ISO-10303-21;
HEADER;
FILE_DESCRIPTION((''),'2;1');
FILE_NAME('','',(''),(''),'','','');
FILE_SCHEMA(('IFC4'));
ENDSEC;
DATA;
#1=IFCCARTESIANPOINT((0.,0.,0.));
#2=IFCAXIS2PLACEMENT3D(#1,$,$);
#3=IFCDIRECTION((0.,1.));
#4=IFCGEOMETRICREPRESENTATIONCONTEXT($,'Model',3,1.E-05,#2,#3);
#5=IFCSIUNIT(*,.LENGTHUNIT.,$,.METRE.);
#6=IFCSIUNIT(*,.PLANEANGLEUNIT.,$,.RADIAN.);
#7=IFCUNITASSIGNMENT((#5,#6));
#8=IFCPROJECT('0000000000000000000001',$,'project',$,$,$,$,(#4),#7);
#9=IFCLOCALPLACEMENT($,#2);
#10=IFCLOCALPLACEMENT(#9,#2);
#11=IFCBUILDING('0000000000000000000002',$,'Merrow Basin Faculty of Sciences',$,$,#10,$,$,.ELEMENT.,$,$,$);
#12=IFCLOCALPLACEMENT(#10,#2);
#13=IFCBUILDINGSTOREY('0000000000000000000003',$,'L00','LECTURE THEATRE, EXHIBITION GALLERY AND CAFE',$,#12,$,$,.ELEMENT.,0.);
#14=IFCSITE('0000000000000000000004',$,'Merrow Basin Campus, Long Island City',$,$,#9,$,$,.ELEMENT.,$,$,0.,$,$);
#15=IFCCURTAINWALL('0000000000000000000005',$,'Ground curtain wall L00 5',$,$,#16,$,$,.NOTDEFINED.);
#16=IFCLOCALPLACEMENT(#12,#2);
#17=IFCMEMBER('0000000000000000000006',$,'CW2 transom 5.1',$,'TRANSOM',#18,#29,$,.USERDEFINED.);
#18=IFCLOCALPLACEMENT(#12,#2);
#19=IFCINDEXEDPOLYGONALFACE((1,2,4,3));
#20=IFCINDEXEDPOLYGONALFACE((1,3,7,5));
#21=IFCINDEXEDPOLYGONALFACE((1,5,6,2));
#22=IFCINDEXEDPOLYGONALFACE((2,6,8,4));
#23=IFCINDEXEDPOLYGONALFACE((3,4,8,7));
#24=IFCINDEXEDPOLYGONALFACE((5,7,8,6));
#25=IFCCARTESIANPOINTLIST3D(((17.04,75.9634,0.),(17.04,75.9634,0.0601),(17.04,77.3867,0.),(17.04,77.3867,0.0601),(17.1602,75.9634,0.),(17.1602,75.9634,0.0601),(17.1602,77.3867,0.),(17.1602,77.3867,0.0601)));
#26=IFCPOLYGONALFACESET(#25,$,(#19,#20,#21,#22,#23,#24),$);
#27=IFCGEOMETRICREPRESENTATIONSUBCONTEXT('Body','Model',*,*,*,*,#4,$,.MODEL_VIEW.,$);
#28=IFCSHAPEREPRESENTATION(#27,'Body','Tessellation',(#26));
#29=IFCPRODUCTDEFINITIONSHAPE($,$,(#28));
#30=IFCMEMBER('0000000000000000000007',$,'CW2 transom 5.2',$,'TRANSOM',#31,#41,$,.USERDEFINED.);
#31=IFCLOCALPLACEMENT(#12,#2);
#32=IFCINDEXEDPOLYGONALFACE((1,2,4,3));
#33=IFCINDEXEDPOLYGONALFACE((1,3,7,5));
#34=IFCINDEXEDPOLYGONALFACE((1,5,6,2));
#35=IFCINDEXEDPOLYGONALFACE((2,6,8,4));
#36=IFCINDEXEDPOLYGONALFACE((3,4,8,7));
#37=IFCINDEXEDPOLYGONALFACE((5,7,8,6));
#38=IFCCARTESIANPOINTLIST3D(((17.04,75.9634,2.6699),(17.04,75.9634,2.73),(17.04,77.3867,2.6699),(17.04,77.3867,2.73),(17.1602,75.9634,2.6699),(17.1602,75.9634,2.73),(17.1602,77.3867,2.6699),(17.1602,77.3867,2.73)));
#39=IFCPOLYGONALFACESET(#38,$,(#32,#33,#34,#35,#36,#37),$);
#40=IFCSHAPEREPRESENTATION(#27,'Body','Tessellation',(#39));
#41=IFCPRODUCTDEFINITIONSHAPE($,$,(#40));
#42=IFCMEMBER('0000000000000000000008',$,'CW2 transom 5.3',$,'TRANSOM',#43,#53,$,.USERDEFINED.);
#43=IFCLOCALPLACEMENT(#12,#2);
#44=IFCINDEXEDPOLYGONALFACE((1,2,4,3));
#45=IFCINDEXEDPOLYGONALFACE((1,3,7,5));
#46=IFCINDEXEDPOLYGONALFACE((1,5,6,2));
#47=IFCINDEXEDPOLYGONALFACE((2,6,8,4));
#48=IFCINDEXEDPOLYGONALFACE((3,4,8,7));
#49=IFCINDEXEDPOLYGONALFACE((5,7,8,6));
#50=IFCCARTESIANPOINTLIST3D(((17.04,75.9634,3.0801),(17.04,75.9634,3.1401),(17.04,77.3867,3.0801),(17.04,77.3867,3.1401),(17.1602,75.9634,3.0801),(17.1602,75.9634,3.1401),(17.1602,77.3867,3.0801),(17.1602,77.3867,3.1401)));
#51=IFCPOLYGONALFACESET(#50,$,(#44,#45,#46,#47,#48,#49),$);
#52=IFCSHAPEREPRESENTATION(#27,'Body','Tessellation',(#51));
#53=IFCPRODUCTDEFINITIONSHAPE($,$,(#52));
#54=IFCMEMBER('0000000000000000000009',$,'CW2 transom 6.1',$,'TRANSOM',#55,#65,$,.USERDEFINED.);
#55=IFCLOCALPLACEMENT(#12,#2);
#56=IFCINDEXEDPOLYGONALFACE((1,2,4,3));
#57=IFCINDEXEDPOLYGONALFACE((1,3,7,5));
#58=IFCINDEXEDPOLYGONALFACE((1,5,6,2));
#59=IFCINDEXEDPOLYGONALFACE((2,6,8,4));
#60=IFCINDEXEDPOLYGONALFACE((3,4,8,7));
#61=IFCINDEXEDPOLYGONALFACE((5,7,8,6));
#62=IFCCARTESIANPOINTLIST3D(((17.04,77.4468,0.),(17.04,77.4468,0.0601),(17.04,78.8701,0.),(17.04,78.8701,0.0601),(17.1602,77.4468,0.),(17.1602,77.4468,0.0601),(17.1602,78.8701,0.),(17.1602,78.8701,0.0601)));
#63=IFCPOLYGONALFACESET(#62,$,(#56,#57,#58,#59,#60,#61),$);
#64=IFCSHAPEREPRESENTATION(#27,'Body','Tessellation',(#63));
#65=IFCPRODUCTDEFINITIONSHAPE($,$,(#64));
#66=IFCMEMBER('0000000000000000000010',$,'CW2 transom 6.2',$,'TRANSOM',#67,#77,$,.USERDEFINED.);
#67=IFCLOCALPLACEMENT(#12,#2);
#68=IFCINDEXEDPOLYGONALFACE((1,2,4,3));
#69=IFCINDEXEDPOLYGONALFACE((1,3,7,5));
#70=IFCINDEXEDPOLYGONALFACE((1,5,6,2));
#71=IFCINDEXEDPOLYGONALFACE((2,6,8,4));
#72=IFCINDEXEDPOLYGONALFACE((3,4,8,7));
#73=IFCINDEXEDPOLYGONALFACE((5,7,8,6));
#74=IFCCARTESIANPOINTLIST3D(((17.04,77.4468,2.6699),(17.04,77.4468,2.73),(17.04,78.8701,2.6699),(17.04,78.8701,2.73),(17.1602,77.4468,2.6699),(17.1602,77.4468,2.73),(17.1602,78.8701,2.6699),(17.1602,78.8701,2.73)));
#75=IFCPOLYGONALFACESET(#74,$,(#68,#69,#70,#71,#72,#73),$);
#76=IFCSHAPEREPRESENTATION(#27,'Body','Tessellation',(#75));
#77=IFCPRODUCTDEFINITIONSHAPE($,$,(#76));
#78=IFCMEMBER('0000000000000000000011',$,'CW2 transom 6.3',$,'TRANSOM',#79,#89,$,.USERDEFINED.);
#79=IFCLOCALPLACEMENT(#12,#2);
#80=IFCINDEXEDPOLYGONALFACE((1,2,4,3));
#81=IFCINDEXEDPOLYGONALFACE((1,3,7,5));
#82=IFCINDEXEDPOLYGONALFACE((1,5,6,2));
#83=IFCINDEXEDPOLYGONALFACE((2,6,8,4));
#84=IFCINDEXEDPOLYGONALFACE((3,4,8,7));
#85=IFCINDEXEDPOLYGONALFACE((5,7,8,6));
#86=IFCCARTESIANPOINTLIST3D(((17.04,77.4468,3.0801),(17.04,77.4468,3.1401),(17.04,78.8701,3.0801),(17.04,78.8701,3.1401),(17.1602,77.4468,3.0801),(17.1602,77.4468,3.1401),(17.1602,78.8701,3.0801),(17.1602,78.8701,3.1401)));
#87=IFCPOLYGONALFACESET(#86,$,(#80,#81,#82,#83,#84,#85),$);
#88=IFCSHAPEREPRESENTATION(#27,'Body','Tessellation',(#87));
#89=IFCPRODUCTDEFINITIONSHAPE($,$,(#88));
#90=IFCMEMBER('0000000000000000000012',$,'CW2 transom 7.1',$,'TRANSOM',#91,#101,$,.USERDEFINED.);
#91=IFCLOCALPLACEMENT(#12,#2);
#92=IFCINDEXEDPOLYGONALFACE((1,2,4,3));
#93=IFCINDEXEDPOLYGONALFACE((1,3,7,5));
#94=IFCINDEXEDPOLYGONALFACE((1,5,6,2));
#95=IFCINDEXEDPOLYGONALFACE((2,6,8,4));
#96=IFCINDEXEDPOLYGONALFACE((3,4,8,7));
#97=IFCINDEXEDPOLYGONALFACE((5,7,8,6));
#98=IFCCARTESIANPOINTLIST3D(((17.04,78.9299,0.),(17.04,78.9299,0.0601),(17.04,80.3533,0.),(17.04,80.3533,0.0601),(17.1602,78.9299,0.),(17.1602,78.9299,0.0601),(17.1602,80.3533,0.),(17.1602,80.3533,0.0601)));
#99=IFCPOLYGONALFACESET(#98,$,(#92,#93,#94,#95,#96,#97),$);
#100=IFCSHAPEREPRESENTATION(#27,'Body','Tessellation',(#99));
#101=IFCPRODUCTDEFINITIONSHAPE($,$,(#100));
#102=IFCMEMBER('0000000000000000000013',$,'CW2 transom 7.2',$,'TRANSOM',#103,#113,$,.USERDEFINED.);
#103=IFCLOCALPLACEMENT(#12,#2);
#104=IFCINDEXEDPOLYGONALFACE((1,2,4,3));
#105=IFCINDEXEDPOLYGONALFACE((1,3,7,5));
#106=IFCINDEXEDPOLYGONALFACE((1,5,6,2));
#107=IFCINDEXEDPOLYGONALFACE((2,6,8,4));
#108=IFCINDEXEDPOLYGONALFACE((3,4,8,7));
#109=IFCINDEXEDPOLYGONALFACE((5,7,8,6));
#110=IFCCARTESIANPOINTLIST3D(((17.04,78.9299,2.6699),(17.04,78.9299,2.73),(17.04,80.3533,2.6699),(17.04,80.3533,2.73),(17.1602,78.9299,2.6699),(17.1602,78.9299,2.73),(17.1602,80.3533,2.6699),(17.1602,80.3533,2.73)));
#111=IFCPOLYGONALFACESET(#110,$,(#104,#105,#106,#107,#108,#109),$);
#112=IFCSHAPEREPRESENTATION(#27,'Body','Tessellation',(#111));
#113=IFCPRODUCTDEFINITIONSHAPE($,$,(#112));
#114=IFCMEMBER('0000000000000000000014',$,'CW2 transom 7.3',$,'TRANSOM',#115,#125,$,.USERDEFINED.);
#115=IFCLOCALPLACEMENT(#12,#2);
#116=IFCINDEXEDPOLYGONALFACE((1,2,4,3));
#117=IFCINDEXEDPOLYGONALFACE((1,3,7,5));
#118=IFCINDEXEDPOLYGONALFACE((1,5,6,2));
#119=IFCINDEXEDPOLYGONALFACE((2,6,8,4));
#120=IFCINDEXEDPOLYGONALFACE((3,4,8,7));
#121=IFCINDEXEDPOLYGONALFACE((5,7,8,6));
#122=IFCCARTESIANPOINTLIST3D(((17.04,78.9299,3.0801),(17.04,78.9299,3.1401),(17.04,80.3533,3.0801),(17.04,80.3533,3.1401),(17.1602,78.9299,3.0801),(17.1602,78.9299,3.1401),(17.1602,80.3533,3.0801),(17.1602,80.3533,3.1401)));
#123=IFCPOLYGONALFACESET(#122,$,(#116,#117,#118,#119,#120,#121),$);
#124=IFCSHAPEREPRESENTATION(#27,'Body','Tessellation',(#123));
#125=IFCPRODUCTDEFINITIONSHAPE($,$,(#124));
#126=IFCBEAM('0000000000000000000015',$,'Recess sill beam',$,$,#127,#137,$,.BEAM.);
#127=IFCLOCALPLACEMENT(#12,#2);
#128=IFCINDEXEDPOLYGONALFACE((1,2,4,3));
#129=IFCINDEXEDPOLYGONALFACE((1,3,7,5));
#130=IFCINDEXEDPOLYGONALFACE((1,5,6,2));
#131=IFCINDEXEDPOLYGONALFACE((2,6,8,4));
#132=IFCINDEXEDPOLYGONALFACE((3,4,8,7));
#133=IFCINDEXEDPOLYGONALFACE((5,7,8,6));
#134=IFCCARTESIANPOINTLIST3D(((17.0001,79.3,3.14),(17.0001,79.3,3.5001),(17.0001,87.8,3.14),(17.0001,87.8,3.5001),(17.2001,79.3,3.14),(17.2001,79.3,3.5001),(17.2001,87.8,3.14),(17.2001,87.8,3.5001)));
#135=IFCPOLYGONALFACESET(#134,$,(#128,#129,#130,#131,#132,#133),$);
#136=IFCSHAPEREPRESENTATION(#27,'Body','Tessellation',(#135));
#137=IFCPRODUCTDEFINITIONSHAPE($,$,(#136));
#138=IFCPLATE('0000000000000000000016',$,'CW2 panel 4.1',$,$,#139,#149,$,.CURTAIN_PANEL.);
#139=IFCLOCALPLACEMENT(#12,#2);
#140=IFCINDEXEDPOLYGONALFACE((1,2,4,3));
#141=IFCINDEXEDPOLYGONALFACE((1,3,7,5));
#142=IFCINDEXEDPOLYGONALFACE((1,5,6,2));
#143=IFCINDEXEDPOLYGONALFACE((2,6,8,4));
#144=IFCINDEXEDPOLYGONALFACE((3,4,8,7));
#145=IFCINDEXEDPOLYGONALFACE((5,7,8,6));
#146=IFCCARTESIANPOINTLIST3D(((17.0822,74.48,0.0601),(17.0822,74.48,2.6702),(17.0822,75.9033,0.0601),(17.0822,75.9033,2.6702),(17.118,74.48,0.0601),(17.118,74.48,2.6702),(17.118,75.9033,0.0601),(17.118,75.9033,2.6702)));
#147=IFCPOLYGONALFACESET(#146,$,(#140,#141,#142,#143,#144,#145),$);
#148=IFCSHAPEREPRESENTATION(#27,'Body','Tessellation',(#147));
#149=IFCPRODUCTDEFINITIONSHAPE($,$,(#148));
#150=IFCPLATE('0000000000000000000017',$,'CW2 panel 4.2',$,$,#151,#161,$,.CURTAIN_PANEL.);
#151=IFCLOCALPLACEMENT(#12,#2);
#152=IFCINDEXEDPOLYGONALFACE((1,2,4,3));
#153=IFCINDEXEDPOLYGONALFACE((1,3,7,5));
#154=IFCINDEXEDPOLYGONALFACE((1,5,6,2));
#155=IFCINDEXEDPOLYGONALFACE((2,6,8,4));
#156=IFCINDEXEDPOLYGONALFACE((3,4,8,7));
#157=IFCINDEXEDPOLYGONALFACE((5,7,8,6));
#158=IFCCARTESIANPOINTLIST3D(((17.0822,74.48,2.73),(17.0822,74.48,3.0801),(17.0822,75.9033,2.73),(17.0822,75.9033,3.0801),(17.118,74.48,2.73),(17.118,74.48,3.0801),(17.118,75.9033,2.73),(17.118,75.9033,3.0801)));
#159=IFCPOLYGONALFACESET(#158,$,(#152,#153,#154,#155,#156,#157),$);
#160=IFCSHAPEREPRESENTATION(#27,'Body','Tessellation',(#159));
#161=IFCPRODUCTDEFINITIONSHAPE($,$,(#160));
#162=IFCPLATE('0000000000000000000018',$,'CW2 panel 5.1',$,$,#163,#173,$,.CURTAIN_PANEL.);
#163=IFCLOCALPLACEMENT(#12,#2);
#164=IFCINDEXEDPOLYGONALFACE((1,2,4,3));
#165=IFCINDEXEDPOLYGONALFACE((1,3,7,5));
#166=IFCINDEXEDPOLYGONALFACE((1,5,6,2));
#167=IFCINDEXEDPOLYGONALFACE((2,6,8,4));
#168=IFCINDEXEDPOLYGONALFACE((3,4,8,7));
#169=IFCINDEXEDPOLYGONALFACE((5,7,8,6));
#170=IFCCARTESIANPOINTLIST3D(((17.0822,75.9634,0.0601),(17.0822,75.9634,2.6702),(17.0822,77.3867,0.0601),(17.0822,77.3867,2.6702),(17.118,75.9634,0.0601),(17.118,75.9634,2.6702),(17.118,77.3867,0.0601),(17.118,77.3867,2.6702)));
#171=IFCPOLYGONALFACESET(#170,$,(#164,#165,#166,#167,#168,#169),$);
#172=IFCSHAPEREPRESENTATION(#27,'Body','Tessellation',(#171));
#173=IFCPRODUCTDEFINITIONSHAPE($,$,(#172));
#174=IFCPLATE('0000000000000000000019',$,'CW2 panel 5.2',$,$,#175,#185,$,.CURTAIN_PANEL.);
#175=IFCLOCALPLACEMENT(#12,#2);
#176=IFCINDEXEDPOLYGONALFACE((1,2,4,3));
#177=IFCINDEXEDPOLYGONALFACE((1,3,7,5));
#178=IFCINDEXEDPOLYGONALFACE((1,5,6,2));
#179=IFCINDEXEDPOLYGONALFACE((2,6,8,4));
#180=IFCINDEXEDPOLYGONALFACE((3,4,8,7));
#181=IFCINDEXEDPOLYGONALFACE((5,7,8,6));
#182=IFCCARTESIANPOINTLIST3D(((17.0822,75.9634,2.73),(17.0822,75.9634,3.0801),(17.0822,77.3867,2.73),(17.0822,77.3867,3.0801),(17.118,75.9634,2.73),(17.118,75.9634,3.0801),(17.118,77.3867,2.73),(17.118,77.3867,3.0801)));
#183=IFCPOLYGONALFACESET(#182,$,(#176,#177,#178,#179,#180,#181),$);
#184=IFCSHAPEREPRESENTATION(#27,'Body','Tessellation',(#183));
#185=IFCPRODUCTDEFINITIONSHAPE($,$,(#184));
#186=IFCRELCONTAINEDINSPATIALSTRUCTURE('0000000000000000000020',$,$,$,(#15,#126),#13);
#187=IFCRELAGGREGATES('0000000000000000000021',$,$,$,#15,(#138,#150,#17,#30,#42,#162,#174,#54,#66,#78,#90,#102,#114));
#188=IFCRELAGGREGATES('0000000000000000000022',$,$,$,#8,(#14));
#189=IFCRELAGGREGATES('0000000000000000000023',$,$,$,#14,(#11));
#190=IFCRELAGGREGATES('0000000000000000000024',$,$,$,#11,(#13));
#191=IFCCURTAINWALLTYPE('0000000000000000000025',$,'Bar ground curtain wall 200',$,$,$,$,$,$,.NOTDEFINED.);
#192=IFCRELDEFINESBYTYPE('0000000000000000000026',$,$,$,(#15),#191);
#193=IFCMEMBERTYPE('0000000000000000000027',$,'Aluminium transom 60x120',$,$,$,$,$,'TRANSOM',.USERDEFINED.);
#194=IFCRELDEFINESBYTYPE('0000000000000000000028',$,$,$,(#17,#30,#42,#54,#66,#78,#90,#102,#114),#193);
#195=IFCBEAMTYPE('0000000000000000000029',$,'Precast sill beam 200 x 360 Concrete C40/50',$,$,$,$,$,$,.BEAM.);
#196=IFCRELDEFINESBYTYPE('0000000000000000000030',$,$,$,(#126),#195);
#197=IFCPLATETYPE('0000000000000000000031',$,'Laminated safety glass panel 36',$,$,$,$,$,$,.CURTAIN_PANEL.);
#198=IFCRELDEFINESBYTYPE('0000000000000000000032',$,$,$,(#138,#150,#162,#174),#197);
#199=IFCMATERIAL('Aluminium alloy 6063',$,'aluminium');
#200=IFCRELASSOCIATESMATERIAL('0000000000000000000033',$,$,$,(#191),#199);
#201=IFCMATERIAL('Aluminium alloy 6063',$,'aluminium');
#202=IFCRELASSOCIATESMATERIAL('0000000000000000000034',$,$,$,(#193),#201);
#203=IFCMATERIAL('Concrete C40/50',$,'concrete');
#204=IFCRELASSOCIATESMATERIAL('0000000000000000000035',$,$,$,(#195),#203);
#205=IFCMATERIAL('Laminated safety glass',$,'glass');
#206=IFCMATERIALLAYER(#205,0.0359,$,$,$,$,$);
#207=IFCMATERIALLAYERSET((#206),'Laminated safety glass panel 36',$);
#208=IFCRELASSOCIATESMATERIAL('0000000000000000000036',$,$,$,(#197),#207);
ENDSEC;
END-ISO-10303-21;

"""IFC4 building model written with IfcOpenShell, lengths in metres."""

from ifc_helpers import new_model, si_unit, direction, frame, origin, origin_2d, place, context, subcontext, project, spatial, rectangle, extrude, material, layer, layer_set, material_profile, profile_set, type_object, element, aggregate, save


model = new_model("IFC4")

# Units and contexts
model_context = context("Model", 3, precision=1e-05, world=origin(), true_north=direction((0.0, 1.0)))
body_context = subcontext(model_context, "Body", "Model", "MODEL_VIEW")
ifc_project = project(units=[si_unit("LENGTHUNIT", "METRE"), si_unit("PLANEANGLEUNIT", "RADIAN")], contexts=[model_context])

# Site, building, storey
site_placement = place(None, origin())
site = spatial("IfcSite", under=ifc_project, at=site_placement, Name="Merrow Basin Campus, Long Island City", CompositionType="ELEMENT", RefElevation=0.0)
building_placement = place(site_placement, origin())
building = spatial("IfcBuilding", under=site, at=building_placement, Name="Merrow Basin Faculty of Sciences", CompositionType="ELEMENT")
storey_placement = place(building_placement, origin())
storey = spatial("IfcBuildingStorey", under=building, at=storey_placement, Name="L00", Description="LECTURE THEATRE, EXHIBITION GALLERY AND CAFE", CompositionType="ELEMENT", Elevation=0.0)

# Curtain wall, members
ifc_material_1 = material(Name="Aluminium alloy 6063", Category="aluminium")
curtain_wall_type = type_object("IfcCurtainWallType", Name="Bar ground curtain wall 200", PredefinedType="NOTDEFINED", material=ifc_material_1)
curtain_wall_placement = place(storey_placement, origin())
curtain_wall = element("IfcCurtainWall", 1, at=curtain_wall_placement, inside=storey, type_object=curtain_wall_type, Name="Ground curtain wall L00 5", PredefinedType="NOTDEFINED")
ifc_material_2 = material(Name="Aluminium alloy 6063", Category="aluminium")
ifc_material_profile_1 = material_profile(ifc_material_2, rectangle(XDim=0.1201, YDim=0.0601, at=origin_2d()))
ifc_profile_set_1 = profile_set([ifc_material_profile_1], Name="Aluminium alloy 6063")
member_type_1 = type_object("IfcMemberType", Name="Aluminium transom 60x120", ElementType="TRANSOM", PredefinedType="USERDEFINED", material=ifc_profile_set_1)
member_1_placement = place(storey_placement, frame((17.1001, 75.9634, 0.03), z_axis=(0.0, 1.0, 0.0), x_axis=(-1.0, 0.0, 0.0)))
member_1 = element("IfcMember", 2, at=member_1_placement, type_object=member_type_1, Name="CW2 transom 5.1", ObjectType="TRANSOM", PredefinedType="USERDEFINED", context=body_context, shape_type="SweptSolid", body=[
    extrude(rectangle(XDim=0.1201, YDim=0.0601, at=origin_2d()), origin(), (0.0, 0.0, 1.0), 1.4233),
])
member_2_placement = place(storey_placement, frame((17.1001, 75.9634, 2.7), z_axis=(0.0, 1.0, 0.0), x_axis=(-1.0, 0.0, 0.0)))
member_2 = element("IfcMember", 3, at=member_2_placement, type_object=member_type_1, Name="CW2 transom 5.2", ObjectType="TRANSOM", PredefinedType="USERDEFINED", context=body_context, shape_type="SweptSolid", body=[
    extrude(rectangle(XDim=0.1201, YDim=0.0601, at=origin_2d()), origin(), (0.0, 0.0, 1.0), 1.4233),
])
member_3_placement = place(storey_placement, frame((17.1001, 75.9634, 3.1101), z_axis=(0.0, 1.0, 0.0), x_axis=(-1.0, 0.0, 0.0)))
member_3 = element("IfcMember", 4, at=member_3_placement, type_object=member_type_1, Name="CW2 transom 5.3", ObjectType="TRANSOM", PredefinedType="USERDEFINED", context=body_context, shape_type="SweptSolid", body=[
    extrude(rectangle(XDim=0.1201, YDim=0.0601, at=origin_2d()), origin(), (0.0, 0.0, 1.0), 1.4233),
])
member_4_placement = place(storey_placement, frame((17.1001, 77.4468, 0.03), z_axis=(0.0, 1.0, 0.0), x_axis=(-1.0, 0.0, 0.0)))
member_4 = element("IfcMember", 5, at=member_4_placement, type_object=member_type_1, Name="CW2 transom 6.1", ObjectType="TRANSOM", PredefinedType="USERDEFINED", context=body_context, shape_type="SweptSolid", body=[
    extrude(rectangle(XDim=0.1201, YDim=0.0601, at=origin_2d()), origin(), (0.0, 0.0, 1.0), 1.4233),
])
member_5_placement = place(storey_placement, frame((17.1001, 77.4468, 2.7), z_axis=(0.0, 1.0, 0.0), x_axis=(-1.0, 0.0, 0.0)))
member_5 = element("IfcMember", 6, at=member_5_placement, type_object=member_type_1, Name="CW2 transom 6.2", ObjectType="TRANSOM", PredefinedType="USERDEFINED", context=body_context, shape_type="SweptSolid", body=[
    extrude(rectangle(XDim=0.1201, YDim=0.0601, at=origin_2d()), origin(), (0.0, 0.0, 1.0), 1.4233),
])
member_6_placement = place(storey_placement, frame((17.1001, 77.4468, 3.1101), z_axis=(0.0, 1.0, 0.0), x_axis=(-1.0, 0.0, 0.0)))
member_6 = element("IfcMember", 7, at=member_6_placement, type_object=member_type_1, Name="CW2 transom 6.3", ObjectType="TRANSOM", PredefinedType="USERDEFINED", context=body_context, shape_type="SweptSolid", body=[
    extrude(rectangle(XDim=0.1201, YDim=0.0601, at=origin_2d()), origin(), (0.0, 0.0, 1.0), 1.4233),
])
member_7_placement = place(storey_placement, frame((17.1001, 78.9299, 0.03), z_axis=(0.0, 1.0, 0.0), x_axis=(-1.0, 0.0, 0.0)))
member_7 = element("IfcMember", 8, at=member_7_placement, type_object=member_type_1, Name="CW2 transom 7.1", ObjectType="TRANSOM", PredefinedType="USERDEFINED", context=body_context, shape_type="SweptSolid", body=[
    extrude(rectangle(XDim=0.1201, YDim=0.0601, at=origin_2d()), origin(), (0.0, 0.0, 1.0), 1.4233),
])
member_8_placement = place(storey_placement, frame((17.1001, 78.9299, 2.7), z_axis=(0.0, 1.0, 0.0), x_axis=(-1.0, 0.0, 0.0)))
member_8 = element("IfcMember", 9, at=member_8_placement, type_object=member_type_1, Name="CW2 transom 7.2", ObjectType="TRANSOM", PredefinedType="USERDEFINED", context=body_context, shape_type="SweptSolid", body=[
    extrude(rectangle(XDim=0.1201, YDim=0.0601, at=origin_2d()), origin(), (0.0, 0.0, 1.0), 1.4233),
])
member_9_placement = place(storey_placement, frame((17.1001, 78.9299, 3.1101), z_axis=(0.0, 1.0, 0.0), x_axis=(-1.0, 0.0, 0.0)))
member_9 = element("IfcMember", 10, at=member_9_placement, type_object=member_type_1, Name="CW2 transom 7.3", ObjectType="TRANSOM", PredefinedType="USERDEFINED", context=body_context, shape_type="SweptSolid", body=[
    extrude(rectangle(XDim=0.1201, YDim=0.0601, at=origin_2d()), origin(), (0.0, 0.0, 1.0), 1.4233),
])

# Beam
ifc_material_3 = material(Name="Concrete C40/50", Category="concrete")
ifc_material_profile_2 = material_profile(ifc_material_3, rectangle(XDim=0.2, YDim=0.3601, at=origin_2d()))
ifc_profile_set_2 = profile_set([ifc_material_profile_2], Name="Concrete C40/50")
beam_type = type_object("IfcBeamType", Name="Precast sill beam 200 x 360 Concrete C40/50", PredefinedType="BEAM", material=ifc_profile_set_2)
beam_placement = place(storey_placement, frame((17.1001, 79.3, 3.3201), z_axis=(0.0, 1.0, 0.0), x_axis=(-1.0, 0.0, 0.0)))
element("IfcBeam", 11, at=beam_placement, inside=storey, type_object=beam_type, Name="Recess sill beam", PredefinedType="BEAM", context=body_context, shape_type="SweptSolid", body=[
    extrude(rectangle(XDim=0.2, YDim=0.3601, at=origin_2d()), origin(), (0.0, 0.0, 1.0), 8.5),
])

# Plates
ifc_material_4 = material(Name="Laminated safety glass", Category="glass")
ifc_layer_1 = layer(ifc_material_4, 0.0359)
ifc_layer_set_1 = layer_set([ifc_layer_1], Name="Laminated safety glass panel 36")
plate_type = type_object("IfcPlateType", Name="Laminated safety glass panel 36", PredefinedType="CURTAIN_PANEL", material=ifc_layer_set_1)
plate_1_placement = place(storey_placement, frame((17.1001, 75.1917, 0.0601), z_axis=(0.0, 0.0, 1.0), x_axis=(0.0, 1.0, 0.0)))
plate_1 = element("IfcPlate", 12, at=plate_1_placement, type_object=plate_type, Name="CW2 panel 4.1", PredefinedType="CURTAIN_PANEL", context=body_context, shape_type="SweptSolid", body=[
    extrude(rectangle(XDim=1.4233, YDim=0.0359, at=origin_2d()), origin(), (0.0, 0.0, 1.0), 2.6101),
])
plate_2_placement = place(storey_placement, frame((17.1001, 75.1917, 2.73), z_axis=(0.0, 0.0, 1.0), x_axis=(0.0, 1.0, 0.0)))
plate_2 = element("IfcPlate", 13, at=plate_2_placement, type_object=plate_type, Name="CW2 panel 4.2", PredefinedType="CURTAIN_PANEL", context=body_context, shape_type="SweptSolid", body=[
    extrude(rectangle(XDim=1.4233, YDim=0.0359, at=origin_2d()), origin(), (0.0, 0.0, 1.0), 0.3501),
])
plate_3_placement = place(storey_placement, frame((17.1001, 76.675, 0.0601), z_axis=(0.0, 0.0, 1.0), x_axis=(0.0, 1.0, 0.0)))
plate_3 = element("IfcPlate", 14, at=plate_3_placement, type_object=plate_type, Name="CW2 panel 5.1", PredefinedType="CURTAIN_PANEL", context=body_context, shape_type="SweptSolid", body=[
    extrude(rectangle(XDim=1.4233, YDim=0.0359, at=origin_2d()), origin(), (0.0, 0.0, 1.0), 2.6101),
])
plate_4_placement = place(storey_placement, frame((17.1001, 76.675, 2.73), z_axis=(0.0, 0.0, 1.0), x_axis=(0.0, 1.0, 0.0)))
plate_4 = element("IfcPlate", 15, at=plate_4_placement, type_object=plate_type, Name="CW2 panel 5.2", PredefinedType="CURTAIN_PANEL", context=body_context, shape_type="SweptSolid", body=[
    extrude(rectangle(XDim=1.4233, YDim=0.0359, at=origin_2d()), origin(), (0.0, 0.0, 1.0), 0.3501),
])
aggregate(curtain_wall, [plate_1, plate_2, member_1, member_2, member_3, plate_3, plate_4, member_4, member_5, member_6, member_7, member_8, member_9])

save(model, "model.ifc")
